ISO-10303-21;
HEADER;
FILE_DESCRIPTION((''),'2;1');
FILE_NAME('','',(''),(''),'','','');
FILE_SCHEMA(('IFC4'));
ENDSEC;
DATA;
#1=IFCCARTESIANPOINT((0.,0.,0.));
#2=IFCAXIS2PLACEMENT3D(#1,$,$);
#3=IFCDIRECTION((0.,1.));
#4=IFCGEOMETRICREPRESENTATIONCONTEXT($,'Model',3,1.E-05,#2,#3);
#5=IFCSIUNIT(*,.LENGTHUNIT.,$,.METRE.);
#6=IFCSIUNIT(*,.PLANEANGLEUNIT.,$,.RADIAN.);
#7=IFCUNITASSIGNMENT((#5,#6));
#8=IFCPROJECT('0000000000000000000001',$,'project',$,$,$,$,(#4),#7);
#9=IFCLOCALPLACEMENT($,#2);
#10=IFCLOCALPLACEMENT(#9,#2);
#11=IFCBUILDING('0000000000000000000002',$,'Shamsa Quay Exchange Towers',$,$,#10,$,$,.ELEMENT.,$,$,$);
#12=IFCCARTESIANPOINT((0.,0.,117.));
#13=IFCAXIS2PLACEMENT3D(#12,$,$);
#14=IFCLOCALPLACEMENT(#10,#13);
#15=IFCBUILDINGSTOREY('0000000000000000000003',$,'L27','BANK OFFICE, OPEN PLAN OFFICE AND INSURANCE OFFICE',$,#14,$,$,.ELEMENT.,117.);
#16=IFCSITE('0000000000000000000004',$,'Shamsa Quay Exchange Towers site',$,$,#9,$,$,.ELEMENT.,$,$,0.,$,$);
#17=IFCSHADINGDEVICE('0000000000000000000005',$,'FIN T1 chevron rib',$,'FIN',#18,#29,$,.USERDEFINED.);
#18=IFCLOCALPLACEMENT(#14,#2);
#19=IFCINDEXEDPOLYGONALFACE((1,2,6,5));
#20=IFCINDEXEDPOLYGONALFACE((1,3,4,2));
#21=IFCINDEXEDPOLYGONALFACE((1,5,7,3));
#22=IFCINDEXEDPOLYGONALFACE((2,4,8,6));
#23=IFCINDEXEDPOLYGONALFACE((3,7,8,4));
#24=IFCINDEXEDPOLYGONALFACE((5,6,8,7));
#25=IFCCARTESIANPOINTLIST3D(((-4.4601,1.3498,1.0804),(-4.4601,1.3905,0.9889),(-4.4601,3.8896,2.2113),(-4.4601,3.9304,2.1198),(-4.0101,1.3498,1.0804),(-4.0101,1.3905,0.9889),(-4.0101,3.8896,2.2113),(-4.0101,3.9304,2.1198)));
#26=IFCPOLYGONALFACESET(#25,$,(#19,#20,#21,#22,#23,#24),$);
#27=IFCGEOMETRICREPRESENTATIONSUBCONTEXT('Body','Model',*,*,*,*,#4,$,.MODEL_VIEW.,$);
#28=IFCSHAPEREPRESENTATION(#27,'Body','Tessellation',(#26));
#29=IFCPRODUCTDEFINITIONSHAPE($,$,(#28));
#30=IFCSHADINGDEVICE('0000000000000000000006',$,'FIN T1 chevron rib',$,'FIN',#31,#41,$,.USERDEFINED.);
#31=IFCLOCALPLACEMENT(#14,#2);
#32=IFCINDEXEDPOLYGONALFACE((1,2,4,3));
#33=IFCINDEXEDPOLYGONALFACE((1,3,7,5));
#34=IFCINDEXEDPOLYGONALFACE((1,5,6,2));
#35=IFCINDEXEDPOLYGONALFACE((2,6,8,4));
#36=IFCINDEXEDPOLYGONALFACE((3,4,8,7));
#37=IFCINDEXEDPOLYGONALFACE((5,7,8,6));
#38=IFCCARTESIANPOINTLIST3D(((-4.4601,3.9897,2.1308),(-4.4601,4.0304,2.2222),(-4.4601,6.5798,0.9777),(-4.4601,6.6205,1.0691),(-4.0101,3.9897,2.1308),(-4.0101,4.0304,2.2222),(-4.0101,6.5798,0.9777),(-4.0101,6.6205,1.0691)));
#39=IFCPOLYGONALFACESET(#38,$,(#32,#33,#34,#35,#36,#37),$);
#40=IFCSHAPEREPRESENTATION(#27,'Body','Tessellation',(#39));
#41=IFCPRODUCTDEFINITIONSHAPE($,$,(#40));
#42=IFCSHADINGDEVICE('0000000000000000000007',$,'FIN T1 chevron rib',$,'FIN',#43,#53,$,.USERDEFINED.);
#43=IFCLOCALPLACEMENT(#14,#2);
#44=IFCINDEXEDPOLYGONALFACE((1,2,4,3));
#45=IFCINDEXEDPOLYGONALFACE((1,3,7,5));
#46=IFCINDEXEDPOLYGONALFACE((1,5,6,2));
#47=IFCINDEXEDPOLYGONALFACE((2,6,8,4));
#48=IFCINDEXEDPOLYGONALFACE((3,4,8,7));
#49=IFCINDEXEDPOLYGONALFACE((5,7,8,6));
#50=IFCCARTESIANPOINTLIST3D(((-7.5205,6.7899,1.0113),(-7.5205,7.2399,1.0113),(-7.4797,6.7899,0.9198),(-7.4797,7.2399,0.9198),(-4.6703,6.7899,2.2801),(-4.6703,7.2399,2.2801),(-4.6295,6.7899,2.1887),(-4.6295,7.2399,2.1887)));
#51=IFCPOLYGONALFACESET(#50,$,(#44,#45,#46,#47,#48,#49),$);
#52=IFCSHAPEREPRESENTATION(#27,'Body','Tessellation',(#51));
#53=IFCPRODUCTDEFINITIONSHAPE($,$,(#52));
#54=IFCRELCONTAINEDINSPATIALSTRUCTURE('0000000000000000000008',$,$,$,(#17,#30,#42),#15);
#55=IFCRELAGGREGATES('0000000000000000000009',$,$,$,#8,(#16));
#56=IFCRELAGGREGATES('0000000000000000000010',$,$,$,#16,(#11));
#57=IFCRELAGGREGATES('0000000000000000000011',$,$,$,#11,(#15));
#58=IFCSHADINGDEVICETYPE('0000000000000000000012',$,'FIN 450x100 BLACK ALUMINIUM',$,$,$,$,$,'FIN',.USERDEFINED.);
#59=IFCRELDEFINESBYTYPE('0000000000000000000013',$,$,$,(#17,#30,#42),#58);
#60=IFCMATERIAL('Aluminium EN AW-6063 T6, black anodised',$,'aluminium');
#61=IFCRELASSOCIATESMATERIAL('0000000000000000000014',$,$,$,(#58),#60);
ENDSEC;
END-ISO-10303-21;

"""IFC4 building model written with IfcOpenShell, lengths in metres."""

from ifc_helpers import new_model, si_unit, direction, frame, origin, origin_2d, place, context, subcontext, project, spatial, rectangle, extrude, material, material_profile, profile_set, type_object, element, save


model = new_model("IFC4")

# Units and contexts
model_context = context("Model", 3, precision=1e-05, world=origin(), true_north=direction((0.0, 1.0)))
body_context = subcontext(model_context, "Body", "Model", "MODEL_VIEW")
ifc_project = project(units=[si_unit("LENGTHUNIT", "METRE"), si_unit("PLANEANGLEUNIT", "RADIAN")], contexts=[model_context])

# Site, building, storey
site_placement = place(None, origin())
site = spatial("IfcSite", under=ifc_project, at=site_placement, Name="Shamsa Quay Exchange Towers site", CompositionType="ELEMENT", RefElevation=0.0)
building_placement = place(site_placement, origin())
building = spatial("IfcBuilding", under=site, at=building_placement, Name="Shamsa Quay Exchange Towers", CompositionType="ELEMENT")
storey_placement = place(building_placement, frame((0.0, 0.0, 117.0)))
storey = spatial("IfcBuildingStorey", under=building, at=storey_placement, Name="L27", Description="BANK OFFICE, OPEN PLAN OFFICE AND INSURANCE OFFICE", CompositionType="ELEMENT", Elevation=117.0)

# Shared definitions
ifc_material_1 = material(Name="Aluminium EN AW-6063 T6, black anodised", Category="aluminium")

# Shading devices
ifc_material_profile_1 = material_profile(ifc_material_1, rectangle(XDim=0.45, YDim=0.1001, at=origin_2d()), Name="FIN450x100")
ifc_profile_set_1 = profile_set([ifc_material_profile_1], Name="Aluminium EN AW-6063 T6, black anodised")
shading_device_type = type_object("IfcShadingDeviceType", Name="FIN 450x100 BLACK ALUMINIUM", ElementType="FIN", PredefinedType="USERDEFINED", material=ifc_profile_set_1)
shading_device_1_placement = place(storey_placement, frame((-4.2351, 1.3701, 1.0347), z_axis=(0.0, 0.913536, 0.406758), x_axis=(-1.0, 0.0, 0.0)))
element("IfcShadingDevice", 1, at=shading_device_1_placement, inside=storey, type_object=shading_device_type, Name="FIN T1 chevron rib", ObjectType="FIN", PredefinedType="USERDEFINED", context=body_context, shape_type="SweptSolid", body=[
    extrude(rectangle(XDim=0.45, YDim=0.1001, at=origin_2d()), origin(), (0.0, 0.0, 1.0), 2.7803),
])
shading_device_2_placement = place(storey_placement, frame((-4.2351, 4.01, 2.1765), z_axis=(0.0, 0.913559, -0.406706), x_axis=(-1.0, 0.0, 0.0)))
element("IfcShadingDevice", 2, at=shading_device_2_placement, inside=storey, type_object=shading_device_type, Name="FIN T1 chevron rib", ObjectType="FIN", PredefinedType="USERDEFINED", context=body_context, shape_type="SweptSolid", body=[
    extrude(rectangle(XDim=0.45, YDim=0.1001, at=origin_2d()), origin(), (0.0, 0.0, 1.0), 2.8352),
])
shading_device_3_placement = place(storey_placement, frame((-4.6499, 7.0149, 2.2344), z_axis=(-0.913563, 0.0, -0.406697), x_axis=(0.0, -1.0, 0.0)))
element("IfcShadingDevice", 3, at=shading_device_3_placement, inside=storey, type_object=shading_device_type, Name="FIN T1 chevron rib", ObjectType="FIN", PredefinedType="USERDEFINED", context=body_context, shape_type="SweptSolid", body=[
    extrude(rectangle(XDim=0.45, YDim=0.1001, at=origin_2d()), origin(), (0.0, 0.0, 1.0), 3.1199),
])

save(model, "model.ifc")
